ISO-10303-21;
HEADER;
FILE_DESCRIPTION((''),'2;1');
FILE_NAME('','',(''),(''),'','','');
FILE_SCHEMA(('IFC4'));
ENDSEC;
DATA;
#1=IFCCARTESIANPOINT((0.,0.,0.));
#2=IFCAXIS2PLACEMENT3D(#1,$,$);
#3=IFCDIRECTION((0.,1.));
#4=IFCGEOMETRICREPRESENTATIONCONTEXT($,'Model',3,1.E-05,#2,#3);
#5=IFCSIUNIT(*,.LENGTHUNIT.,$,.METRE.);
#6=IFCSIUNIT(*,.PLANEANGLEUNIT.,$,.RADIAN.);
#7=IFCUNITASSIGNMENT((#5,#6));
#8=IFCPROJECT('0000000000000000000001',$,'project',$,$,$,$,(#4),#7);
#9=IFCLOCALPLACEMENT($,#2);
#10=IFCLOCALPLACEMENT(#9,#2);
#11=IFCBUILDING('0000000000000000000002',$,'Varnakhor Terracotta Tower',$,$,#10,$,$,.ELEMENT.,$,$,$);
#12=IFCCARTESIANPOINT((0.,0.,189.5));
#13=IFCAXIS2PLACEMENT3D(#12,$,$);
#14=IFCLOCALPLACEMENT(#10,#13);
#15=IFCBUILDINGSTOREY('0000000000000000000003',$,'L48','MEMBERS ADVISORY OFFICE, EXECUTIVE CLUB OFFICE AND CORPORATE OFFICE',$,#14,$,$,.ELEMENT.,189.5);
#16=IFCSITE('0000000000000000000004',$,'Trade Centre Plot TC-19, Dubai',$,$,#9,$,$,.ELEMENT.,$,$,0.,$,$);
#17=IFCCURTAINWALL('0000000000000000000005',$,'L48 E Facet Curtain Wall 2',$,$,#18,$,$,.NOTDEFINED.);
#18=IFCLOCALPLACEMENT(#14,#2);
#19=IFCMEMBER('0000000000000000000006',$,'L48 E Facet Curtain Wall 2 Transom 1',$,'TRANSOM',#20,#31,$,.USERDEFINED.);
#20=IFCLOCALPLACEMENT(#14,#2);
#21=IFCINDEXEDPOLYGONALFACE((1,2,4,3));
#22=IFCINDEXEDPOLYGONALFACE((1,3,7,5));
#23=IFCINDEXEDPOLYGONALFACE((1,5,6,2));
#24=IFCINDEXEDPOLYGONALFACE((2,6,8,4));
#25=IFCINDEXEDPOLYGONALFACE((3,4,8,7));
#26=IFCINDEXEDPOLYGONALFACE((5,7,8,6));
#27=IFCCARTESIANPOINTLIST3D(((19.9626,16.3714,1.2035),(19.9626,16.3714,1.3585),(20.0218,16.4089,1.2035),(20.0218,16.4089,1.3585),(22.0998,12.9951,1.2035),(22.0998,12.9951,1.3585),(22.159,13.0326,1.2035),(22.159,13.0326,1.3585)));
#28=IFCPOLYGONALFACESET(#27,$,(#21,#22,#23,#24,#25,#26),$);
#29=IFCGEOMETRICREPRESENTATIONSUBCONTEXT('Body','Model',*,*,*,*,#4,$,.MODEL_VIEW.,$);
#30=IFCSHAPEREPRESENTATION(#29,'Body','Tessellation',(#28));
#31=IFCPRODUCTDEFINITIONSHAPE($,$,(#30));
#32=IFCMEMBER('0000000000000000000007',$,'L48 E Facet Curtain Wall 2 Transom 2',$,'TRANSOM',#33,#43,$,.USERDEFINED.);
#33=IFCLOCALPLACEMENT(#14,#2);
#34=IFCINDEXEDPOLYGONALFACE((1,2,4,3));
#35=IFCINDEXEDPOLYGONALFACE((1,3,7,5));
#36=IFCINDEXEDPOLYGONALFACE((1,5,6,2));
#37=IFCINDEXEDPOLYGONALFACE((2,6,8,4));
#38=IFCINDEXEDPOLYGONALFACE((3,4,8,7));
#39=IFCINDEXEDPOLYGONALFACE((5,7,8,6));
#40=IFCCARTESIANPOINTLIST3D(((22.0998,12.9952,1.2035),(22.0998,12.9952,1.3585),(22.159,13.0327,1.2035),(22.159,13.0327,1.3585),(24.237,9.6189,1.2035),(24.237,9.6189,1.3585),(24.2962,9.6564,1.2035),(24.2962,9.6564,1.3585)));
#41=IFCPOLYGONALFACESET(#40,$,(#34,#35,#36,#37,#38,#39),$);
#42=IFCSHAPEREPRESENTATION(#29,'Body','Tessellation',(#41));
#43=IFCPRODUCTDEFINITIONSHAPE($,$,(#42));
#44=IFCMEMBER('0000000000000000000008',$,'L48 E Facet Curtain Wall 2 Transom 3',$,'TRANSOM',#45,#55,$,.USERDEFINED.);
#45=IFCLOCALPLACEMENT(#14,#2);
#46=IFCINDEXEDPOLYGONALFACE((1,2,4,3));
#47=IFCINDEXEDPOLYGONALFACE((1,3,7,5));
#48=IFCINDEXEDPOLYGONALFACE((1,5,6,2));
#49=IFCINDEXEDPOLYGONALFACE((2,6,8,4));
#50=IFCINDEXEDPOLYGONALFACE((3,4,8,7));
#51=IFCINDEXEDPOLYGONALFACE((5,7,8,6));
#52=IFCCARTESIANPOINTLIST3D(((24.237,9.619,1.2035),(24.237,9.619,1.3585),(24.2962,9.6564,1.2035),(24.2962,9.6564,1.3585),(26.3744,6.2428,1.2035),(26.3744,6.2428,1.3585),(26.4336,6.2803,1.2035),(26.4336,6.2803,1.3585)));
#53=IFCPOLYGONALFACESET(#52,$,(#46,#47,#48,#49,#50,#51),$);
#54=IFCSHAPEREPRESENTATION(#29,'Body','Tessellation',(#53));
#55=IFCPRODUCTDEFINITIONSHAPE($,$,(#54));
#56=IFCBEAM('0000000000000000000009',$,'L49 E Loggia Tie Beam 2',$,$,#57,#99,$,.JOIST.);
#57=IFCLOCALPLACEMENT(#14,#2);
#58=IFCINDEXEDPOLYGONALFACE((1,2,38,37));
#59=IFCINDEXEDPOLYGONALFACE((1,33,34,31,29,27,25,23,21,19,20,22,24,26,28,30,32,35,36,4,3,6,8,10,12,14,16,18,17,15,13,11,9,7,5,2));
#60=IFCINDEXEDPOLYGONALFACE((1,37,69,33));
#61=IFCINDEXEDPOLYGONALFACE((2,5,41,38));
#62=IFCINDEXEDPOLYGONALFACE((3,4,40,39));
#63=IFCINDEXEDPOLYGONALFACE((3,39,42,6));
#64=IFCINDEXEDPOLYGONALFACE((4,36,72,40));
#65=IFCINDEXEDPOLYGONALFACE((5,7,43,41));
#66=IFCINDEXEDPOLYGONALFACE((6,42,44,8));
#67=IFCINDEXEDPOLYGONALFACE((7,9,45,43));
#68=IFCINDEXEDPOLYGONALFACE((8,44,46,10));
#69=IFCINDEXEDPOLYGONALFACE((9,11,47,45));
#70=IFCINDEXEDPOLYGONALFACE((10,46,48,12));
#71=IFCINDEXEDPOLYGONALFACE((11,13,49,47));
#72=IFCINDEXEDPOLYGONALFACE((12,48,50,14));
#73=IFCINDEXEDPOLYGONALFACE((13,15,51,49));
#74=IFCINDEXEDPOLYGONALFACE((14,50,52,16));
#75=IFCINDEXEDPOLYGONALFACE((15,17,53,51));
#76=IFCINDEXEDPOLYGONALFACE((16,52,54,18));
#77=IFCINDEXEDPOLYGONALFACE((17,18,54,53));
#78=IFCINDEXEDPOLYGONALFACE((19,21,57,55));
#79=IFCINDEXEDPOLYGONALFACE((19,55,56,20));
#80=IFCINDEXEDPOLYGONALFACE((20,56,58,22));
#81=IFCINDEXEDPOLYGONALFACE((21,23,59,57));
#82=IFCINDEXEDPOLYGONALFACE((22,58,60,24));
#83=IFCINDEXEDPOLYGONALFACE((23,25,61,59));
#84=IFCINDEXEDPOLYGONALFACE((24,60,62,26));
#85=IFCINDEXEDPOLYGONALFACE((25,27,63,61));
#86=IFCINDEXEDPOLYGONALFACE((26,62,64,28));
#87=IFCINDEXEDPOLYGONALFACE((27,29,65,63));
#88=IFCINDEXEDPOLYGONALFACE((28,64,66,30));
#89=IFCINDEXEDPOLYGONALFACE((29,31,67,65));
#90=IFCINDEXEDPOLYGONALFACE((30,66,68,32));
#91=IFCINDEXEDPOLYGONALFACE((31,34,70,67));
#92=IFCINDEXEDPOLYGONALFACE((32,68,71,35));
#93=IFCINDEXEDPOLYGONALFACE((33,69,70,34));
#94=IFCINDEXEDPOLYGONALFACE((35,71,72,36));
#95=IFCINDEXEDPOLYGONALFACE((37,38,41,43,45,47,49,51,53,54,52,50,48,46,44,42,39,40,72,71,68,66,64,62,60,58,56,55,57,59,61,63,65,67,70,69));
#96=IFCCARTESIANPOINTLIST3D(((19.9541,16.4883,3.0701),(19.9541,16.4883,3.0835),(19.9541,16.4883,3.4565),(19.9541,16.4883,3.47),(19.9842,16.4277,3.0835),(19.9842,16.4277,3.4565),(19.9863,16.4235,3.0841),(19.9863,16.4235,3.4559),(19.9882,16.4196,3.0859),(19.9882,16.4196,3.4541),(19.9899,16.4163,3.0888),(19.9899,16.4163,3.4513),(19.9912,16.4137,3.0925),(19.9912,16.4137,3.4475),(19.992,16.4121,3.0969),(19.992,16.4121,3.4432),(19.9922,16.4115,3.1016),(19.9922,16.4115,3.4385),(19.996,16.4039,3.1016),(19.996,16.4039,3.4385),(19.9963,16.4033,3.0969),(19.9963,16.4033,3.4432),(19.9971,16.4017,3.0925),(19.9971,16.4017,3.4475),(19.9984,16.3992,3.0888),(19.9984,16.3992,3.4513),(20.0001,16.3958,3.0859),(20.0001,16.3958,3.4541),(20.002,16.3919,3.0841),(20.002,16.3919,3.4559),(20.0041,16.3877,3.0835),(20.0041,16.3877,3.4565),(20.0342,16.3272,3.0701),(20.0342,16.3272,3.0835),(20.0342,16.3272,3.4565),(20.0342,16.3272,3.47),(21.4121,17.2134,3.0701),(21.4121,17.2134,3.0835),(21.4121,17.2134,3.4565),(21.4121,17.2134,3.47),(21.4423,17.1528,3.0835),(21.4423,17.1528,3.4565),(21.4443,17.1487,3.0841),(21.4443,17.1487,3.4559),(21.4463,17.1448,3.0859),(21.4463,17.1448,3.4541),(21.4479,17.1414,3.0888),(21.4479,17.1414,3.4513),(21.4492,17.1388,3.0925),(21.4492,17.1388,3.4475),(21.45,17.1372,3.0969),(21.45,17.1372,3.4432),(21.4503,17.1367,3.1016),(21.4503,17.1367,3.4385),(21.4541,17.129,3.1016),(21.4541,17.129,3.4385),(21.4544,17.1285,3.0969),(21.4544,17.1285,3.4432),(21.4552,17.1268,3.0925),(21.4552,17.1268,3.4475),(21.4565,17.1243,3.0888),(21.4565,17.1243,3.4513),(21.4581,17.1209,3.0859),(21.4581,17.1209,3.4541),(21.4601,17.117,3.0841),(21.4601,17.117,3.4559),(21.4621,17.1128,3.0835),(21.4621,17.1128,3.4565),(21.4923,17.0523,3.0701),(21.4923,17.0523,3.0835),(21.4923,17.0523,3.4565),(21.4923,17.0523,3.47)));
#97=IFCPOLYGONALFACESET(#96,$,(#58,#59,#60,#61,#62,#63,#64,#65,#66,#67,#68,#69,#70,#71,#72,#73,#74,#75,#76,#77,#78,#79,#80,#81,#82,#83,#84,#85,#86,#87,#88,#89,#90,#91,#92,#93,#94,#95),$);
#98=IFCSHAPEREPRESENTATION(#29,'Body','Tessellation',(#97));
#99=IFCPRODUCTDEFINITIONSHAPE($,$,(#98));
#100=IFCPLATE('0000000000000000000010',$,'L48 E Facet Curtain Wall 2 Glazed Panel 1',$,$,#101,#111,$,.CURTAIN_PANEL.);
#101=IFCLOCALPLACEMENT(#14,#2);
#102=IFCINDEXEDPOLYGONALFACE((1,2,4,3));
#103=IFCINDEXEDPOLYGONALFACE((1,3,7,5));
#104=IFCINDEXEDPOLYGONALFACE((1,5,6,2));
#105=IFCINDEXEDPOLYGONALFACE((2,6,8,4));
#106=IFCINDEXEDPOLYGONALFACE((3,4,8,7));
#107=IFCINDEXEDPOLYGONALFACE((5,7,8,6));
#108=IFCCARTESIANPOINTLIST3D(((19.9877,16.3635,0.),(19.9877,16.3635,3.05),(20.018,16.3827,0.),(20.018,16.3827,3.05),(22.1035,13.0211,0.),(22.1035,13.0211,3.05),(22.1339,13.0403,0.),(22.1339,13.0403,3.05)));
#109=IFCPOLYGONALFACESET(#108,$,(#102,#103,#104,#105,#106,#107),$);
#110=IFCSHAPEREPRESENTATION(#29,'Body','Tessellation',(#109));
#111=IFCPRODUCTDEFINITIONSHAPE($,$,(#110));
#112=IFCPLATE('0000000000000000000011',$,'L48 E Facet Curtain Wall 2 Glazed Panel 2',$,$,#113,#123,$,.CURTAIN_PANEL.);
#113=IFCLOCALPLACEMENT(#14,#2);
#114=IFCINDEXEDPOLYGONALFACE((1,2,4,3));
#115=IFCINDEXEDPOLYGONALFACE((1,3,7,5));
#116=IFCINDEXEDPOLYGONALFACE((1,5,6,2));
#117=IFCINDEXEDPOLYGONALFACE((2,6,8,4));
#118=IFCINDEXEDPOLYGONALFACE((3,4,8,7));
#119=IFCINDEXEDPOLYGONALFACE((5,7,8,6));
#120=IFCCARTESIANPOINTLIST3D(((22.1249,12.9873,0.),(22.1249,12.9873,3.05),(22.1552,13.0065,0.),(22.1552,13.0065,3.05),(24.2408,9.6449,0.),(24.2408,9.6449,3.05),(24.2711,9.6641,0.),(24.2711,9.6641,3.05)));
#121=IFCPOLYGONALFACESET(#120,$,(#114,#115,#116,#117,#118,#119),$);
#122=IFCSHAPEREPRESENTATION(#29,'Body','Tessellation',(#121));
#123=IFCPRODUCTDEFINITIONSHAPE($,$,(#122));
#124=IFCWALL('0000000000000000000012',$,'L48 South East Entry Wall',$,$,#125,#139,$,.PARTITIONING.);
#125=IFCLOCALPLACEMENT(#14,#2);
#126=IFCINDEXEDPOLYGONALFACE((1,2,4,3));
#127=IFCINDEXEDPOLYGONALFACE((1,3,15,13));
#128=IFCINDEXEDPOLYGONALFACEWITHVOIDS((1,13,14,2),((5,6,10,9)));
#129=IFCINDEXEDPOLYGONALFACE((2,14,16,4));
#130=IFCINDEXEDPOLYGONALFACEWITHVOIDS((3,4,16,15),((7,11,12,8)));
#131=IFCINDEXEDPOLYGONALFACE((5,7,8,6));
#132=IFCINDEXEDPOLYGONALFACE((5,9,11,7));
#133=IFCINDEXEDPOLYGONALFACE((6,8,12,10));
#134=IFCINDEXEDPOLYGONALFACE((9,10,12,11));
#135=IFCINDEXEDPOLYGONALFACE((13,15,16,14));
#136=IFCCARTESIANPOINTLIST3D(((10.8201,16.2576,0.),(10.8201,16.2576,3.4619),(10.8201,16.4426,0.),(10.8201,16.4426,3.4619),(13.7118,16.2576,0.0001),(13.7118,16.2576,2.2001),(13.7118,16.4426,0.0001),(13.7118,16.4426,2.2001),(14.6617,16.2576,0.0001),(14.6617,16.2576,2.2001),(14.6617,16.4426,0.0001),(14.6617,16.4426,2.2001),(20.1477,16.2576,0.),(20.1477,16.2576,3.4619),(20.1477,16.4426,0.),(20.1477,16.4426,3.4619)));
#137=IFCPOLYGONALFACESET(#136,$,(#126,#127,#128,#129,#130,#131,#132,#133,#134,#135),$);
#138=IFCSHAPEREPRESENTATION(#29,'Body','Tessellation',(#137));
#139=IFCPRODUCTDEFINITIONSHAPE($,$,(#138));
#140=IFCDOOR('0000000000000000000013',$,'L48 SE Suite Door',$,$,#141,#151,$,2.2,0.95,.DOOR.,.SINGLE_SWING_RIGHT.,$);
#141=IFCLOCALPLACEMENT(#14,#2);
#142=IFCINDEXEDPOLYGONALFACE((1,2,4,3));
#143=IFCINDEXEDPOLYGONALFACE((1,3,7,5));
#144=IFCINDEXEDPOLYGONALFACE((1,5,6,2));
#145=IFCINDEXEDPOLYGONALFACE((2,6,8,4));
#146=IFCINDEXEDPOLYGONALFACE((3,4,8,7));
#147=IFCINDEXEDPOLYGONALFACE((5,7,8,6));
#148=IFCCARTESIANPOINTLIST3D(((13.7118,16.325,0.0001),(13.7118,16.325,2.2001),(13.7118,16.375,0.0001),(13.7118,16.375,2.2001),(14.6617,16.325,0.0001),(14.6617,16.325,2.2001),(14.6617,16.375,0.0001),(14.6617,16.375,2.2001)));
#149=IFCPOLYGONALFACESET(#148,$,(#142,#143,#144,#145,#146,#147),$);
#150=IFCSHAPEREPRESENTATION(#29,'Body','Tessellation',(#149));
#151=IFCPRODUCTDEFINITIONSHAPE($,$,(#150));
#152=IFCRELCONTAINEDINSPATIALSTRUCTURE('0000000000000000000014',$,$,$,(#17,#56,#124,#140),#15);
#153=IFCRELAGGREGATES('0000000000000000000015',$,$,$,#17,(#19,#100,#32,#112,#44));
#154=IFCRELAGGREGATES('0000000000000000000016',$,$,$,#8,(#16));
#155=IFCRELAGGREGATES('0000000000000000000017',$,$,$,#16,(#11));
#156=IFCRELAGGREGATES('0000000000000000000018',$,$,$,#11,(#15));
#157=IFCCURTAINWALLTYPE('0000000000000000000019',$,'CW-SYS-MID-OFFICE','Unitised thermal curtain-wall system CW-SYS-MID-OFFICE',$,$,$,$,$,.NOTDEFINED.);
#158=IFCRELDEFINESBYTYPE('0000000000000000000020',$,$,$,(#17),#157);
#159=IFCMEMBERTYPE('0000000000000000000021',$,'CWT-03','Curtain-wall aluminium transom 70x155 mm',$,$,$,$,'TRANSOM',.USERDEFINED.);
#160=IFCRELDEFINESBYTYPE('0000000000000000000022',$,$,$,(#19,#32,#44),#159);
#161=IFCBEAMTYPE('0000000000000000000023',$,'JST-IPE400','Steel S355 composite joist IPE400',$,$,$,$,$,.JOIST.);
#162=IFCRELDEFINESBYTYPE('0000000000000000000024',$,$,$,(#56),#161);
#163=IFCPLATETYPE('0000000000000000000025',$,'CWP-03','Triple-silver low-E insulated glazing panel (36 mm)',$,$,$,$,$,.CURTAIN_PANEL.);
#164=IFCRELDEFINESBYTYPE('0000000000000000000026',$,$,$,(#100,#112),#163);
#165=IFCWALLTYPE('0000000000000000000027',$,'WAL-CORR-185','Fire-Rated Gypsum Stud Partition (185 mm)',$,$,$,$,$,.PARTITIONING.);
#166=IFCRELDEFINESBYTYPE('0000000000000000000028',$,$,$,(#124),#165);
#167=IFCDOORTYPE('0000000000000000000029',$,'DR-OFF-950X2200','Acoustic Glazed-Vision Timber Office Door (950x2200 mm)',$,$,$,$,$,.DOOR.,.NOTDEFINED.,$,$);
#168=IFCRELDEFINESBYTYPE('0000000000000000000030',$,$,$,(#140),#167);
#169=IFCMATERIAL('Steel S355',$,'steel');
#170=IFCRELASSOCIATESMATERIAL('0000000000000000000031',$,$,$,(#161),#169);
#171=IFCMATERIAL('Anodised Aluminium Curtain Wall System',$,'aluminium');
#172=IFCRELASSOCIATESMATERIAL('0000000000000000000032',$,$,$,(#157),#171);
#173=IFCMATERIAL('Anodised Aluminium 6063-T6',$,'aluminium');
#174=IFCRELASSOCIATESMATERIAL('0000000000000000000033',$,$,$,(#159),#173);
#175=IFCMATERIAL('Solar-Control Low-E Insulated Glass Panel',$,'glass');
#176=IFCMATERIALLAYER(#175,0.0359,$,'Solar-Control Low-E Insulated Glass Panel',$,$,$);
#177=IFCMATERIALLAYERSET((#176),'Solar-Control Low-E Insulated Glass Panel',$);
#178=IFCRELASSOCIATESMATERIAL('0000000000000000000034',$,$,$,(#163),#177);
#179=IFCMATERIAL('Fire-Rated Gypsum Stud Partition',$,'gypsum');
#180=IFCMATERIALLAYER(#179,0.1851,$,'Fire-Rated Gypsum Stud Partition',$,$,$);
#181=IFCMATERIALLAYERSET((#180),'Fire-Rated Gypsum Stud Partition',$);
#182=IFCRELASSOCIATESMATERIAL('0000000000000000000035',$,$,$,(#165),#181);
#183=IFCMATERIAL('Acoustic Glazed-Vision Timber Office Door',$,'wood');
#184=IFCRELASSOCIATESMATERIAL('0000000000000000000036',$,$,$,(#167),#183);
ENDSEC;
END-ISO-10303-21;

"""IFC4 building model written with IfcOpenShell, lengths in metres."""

from ifc_helpers import new_model, si_unit, direction, frame, frame_2d, origin, origin_2d, place, context, subcontext, project, spatial, rectangle, i_section, extrude, source, transform, mapped, material, layer, layer_set, material_profile, profile_set, type_object, type_shapes, element, fill, aggregate, save


model = new_model("IFC4")

# Units and contexts
model_context = context("Model", 3, precision=1e-05, world=origin(), true_north=direction((0.0, 1.0)))
body_context = subcontext(model_context, "Body", "Model", "MODEL_VIEW")
ifc_project = project(units=[si_unit("LENGTHUNIT", "METRE"), si_unit("PLANEANGLEUNIT", "RADIAN")], contexts=[model_context])

# Site, building, storey
site_placement = place(None, origin())
site = spatial("IfcSite", under=ifc_project, at=site_placement, Name="Trade Centre Plot TC-19, Dubai", CompositionType="ELEMENT", RefElevation=0.0)
building_placement = place(site_placement, origin())
building = spatial("IfcBuilding", under=site, at=building_placement, Name="Varnakhor Terracotta Tower", CompositionType="ELEMENT")
storey_placement = place(building_placement, frame((0.0, 0.0, 189.5)))
storey = spatial("IfcBuildingStorey", under=building, at=storey_placement, Name="L48", Description="MEMBERS ADVISORY OFFICE, EXECUTIVE CLUB OFFICE AND CORPORATE OFFICE", CompositionType="ELEMENT", Elevation=189.5)

# Shared definitions
ifc_material_1 = material(Name="Steel S355", Category="steel")
ifc_material_profile_1 = material_profile(ifc_material_1, i_section(OverallWidth=0.1799, OverallDepth=0.3999, WebThickness=0.0085, FlangeThickness=0.0134, FilletRadius=0.0181, at=origin_2d()), Name="IPE400")
ifc_profile_set_1 = profile_set([ifc_material_profile_1], Name="Steel S355")
beam_type_1 = type_object("IfcBeamType", Name="JST-IPE400", Description="Steel S355 composite joist IPE400", PredefinedType="JOIST", material=ifc_profile_set_1)

# Curtain wall, members
ifc_material_2 = material(Name="Anodised Aluminium Curtain Wall System", Category="aluminium")
curtain_wall_type = type_object("IfcCurtainWallType", Name="CW-SYS-MID-OFFICE", Description="Unitised thermal curtain-wall system CW-SYS-MID-OFFICE", PredefinedType="NOTDEFINED", material=ifc_material_2)
curtain_wall_placement = place(storey_placement, origin())
curtain_wall = element("IfcCurtainWall", 1, at=curtain_wall_placement, inside=storey, type_object=curtain_wall_type, Name="L48 E Facet Curtain Wall 2", PredefinedType="NOTDEFINED")
ifc_material_3 = material(Name="Anodised Aluminium 6063-T6", Category="aluminium")
ifc_material_profile_2 = material_profile(ifc_material_3, rectangle(XDim=0.0701, YDim=0.155, at=origin_2d()), Name="ALU TRANSOM 70x155")
ifc_profile_set_2 = profile_set([ifc_material_profile_2], Name="Anodised Aluminium 6063-T6")
member_type_1 = type_object("IfcMemberType", Name="CWT-03", Description="Curtain-wall aluminium transom 70x155 mm", ElementType="TRANSOM", PredefinedType="USERDEFINED", material=ifc_profile_set_2)
shared_shape_1 = source(origin(), body_context, "Body", "SweptSolid", [
    extrude(rectangle(XDim=0.0701, YDim=0.155, at=origin_2d()), origin(), (0.0, 0.0, 1.0), 3.9958),
])
member_1_placement = place(storey_placement, frame((19.9922, 16.3901, 1.281), z_axis=(0.534862, -0.84494, 0.0), x_axis=(0.84494, 0.534862, 0.0)))
member_1 = element("IfcMember", 2, at=member_1_placement, type_object=member_type_1, Name="L48 E Facet Curtain Wall 2 Transom 1", ObjectType="TRANSOM", PredefinedType="USERDEFINED", context=body_context, shape_type="MappedRepresentation", body=[
    mapped(shared_shape_1, transform((0.0, 0.0, 0.0), scale=1.0)),
])
member_2_placement = place(storey_placement, frame((22.1294, 13.0139, 1.281), z_axis=(0.534862, -0.84494, 0.0), x_axis=(0.84494, 0.534862, 0.0)))
member_2 = element("IfcMember", 3, at=member_2_placement, type_object=member_type_1, Name="L48 E Facet Curtain Wall 2 Transom 2", ObjectType="TRANSOM", PredefinedType="USERDEFINED", context=body_context, shape_type="MappedRepresentation", body=[
    mapped(shared_shape_1, transform((0.0, 0.0, 0.0), scale=1.0)),
])
member_3_placement = place(storey_placement, frame((24.2666, 9.6377, 1.281), z_axis=(0.534905, -0.844912, 0.0), x_axis=(0.844912, 0.534905, 0.0)))
member_3 = element("IfcMember", 4, at=member_3_placement, type_object=member_type_1, Name="L48 E Facet Curtain Wall 2 Transom 3", ObjectType="TRANSOM", PredefinedType="USERDEFINED", context=body_context, shape_type="MappedRepresentation", body=[
    mapped(shared_shape_1, transform((0.0, 0.0, 0.0), scale=1.0)),
])

# Beam
shared_shape_2 = source(origin(), body_context, "Body", "SweptSolid", [
    extrude(i_section(OverallWidth=0.1799, OverallDepth=0.3999, WebThickness=0.0085, FlangeThickness=0.0134, FilletRadius=0.0181, at=origin_2d()), origin(), (0.0, 0.0, 1.0), 1.6284),
])
beam_1_placement = place(storey_placement, frame((19.9941, 16.4077, 3.27), z_axis=(0.895385, 0.445293, 0.0), x_axis=(-0.445293, 0.895385, 0.0)))
element("IfcBeam", 5, at=beam_1_placement, inside=storey, type_object=beam_type_1, Name="L49 E Loggia Tie Beam 2", PredefinedType="JOIST", context=body_context, shape_type="MappedRepresentation", body=[
    mapped(shared_shape_2, transform((0.0, 0.0, 0.0), scale=1.0)),
])

# Plates
ifc_material_4 = material(Name="Solar-Control Low-E Insulated Glass Panel", Category="glass")
ifc_layer_1 = layer(ifc_material_4, 0.0359, Name="Solar-Control Low-E Insulated Glass Panel")
ifc_layer_set_1 = layer_set([ifc_layer_1], Name="Solar-Control Low-E Insulated Glass Panel")
plate_type = type_object("IfcPlateType", Name="CWP-03", Description="Triple-silver low-E insulated glazing panel (36 mm)", PredefinedType="CURTAIN_PANEL", material=ifc_layer_set_1)
shared_shape_3 = source(origin(), body_context, "Body", "SweptSolid", [
    extrude(rectangle(XDim=3.9558, YDim=0.0359, at=origin_2d()), origin(), (0.0, 0.0, 1.0), 3.05),
])
plate_1_placement = place(storey_placement, frame((21.0608, 14.7019, 0.0), z_axis=(0.0, 0.0, 1.0), x_axis=(0.534869, -0.844935, 0.0)))
plate_1 = element("IfcPlate", 6, at=plate_1_placement, type_object=plate_type, Name="L48 E Facet Curtain Wall 2 Glazed Panel 1", PredefinedType="CURTAIN_PANEL", context=body_context, shape_type="MappedRepresentation", body=[
    mapped(shared_shape_3, transform((0.0, 0.0, 0.0), scale=1.0)),
])
plate_2_placement = place(storey_placement, frame((23.198, 11.3257, 0.0), z_axis=(0.0, 0.0, 1.0), x_axis=(0.534869, -0.844935, 0.0)))
plate_2 = element("IfcPlate", 7, at=plate_2_placement, type_object=plate_type, Name="L48 E Facet Curtain Wall 2 Glazed Panel 2", PredefinedType="CURTAIN_PANEL", context=body_context, shape_type="MappedRepresentation", body=[
    mapped(shared_shape_3, transform((0.0, 0.0, 0.0), scale=1.0)),
])
aggregate(curtain_wall, [member_1, plate_1, member_2, plate_2, member_3])

# Wall, opening, door
ifc_material_5 = material(Name="Fire-Rated Gypsum Stud Partition", Category="gypsum")
ifc_layer_2 = layer(ifc_material_5, 0.1851, Name="Fire-Rated Gypsum Stud Partition")
ifc_layer_set_2 = layer_set([ifc_layer_2], Name="Fire-Rated Gypsum Stud Partition")
wall_type_1 = type_object("IfcWallType", Name="WAL-CORR-185", Description="Fire-Rated Gypsum Stud Partition (185 mm)", PredefinedType="PARTITIONING", material=ifc_layer_set_2)
wall_1_placement = place(storey_placement, frame((10.8201, 16.3501, 0.0), z_axis=(0.0, 0.0, 1.0), x_axis=(1.0, 0.0, 0.0)))
wall_1 = element("IfcWall", 8, at=wall_1_placement, inside=storey, type_object=wall_type_1, Name="L48 South East Entry Wall", PredefinedType="PARTITIONING", context=body_context, shape_type="SweptSolid", body=[
    extrude(rectangle(XDim=9.3276, YDim=0.1851, at=frame_2d((4.6638, 0.0))), origin(), (0.0, 0.0, 1.0), 3.4619),
])
opening_1_placement = place(wall_1_placement, frame((2.8916, 0.0, 0.0)))
opening_1 = element("IfcOpeningElement", 9, at=opening_1_placement, cuts=wall_1, PredefinedType="OPENING", context=body_context, shape_type="SweptSolid", body=[
    extrude(rectangle(XDim=0.95, YDim=2.2, at=frame_2d((0.4751, 1.1001))), frame((0.0, 0.1025, 0.0), z_axis=(0.0, -1.0, 0.0), x_axis=(1.0, 0.0, 0.0)), (0.0, 0.0, 1.0), 0.2051),
])
ifc_material_6 = material(Name="Acoustic Glazed-Vision Timber Office Door", Category="wood")
door_type = type_object("IfcDoorType", Name="DR-OFF-950X2200", Description="Acoustic Glazed-Vision Timber Office Door (950x2200 mm)", OperationType="NOTDEFINED", PredefinedType="DOOR", material=ifc_material_6)
shared_shape_4 = source(origin(), body_context, "Body", "SweptSolid", [
    extrude(rectangle(XDim=0.95, YDim=2.2, at=frame_2d((0.4751, 1.1001))), frame((0.0, 0.0249, 0.0), z_axis=(0.0, -1.0, 0.0), x_axis=(1.0, 0.0, 0.0)), (0.0, 0.0, 1.0), 0.05),
])
type_shapes(door_type, [shared_shape_4])
door_1_placement = place(opening_1_placement, origin())
door_1 = element("IfcDoor", 10, at=door_1_placement, inside=storey, type_object=door_type, Name="L48 SE Suite Door", OperationType="SINGLE_SWING_RIGHT", OverallHeight=2.2, OverallWidth=0.95, PredefinedType="DOOR", context=body_context, shape_type="MappedRepresentation", body=[
    mapped(shared_shape_4, transform((0.0, 0.0, 0.0), scale=1.0)),
])
fill(opening_1, door_1)

save(model, "model.ifc")
